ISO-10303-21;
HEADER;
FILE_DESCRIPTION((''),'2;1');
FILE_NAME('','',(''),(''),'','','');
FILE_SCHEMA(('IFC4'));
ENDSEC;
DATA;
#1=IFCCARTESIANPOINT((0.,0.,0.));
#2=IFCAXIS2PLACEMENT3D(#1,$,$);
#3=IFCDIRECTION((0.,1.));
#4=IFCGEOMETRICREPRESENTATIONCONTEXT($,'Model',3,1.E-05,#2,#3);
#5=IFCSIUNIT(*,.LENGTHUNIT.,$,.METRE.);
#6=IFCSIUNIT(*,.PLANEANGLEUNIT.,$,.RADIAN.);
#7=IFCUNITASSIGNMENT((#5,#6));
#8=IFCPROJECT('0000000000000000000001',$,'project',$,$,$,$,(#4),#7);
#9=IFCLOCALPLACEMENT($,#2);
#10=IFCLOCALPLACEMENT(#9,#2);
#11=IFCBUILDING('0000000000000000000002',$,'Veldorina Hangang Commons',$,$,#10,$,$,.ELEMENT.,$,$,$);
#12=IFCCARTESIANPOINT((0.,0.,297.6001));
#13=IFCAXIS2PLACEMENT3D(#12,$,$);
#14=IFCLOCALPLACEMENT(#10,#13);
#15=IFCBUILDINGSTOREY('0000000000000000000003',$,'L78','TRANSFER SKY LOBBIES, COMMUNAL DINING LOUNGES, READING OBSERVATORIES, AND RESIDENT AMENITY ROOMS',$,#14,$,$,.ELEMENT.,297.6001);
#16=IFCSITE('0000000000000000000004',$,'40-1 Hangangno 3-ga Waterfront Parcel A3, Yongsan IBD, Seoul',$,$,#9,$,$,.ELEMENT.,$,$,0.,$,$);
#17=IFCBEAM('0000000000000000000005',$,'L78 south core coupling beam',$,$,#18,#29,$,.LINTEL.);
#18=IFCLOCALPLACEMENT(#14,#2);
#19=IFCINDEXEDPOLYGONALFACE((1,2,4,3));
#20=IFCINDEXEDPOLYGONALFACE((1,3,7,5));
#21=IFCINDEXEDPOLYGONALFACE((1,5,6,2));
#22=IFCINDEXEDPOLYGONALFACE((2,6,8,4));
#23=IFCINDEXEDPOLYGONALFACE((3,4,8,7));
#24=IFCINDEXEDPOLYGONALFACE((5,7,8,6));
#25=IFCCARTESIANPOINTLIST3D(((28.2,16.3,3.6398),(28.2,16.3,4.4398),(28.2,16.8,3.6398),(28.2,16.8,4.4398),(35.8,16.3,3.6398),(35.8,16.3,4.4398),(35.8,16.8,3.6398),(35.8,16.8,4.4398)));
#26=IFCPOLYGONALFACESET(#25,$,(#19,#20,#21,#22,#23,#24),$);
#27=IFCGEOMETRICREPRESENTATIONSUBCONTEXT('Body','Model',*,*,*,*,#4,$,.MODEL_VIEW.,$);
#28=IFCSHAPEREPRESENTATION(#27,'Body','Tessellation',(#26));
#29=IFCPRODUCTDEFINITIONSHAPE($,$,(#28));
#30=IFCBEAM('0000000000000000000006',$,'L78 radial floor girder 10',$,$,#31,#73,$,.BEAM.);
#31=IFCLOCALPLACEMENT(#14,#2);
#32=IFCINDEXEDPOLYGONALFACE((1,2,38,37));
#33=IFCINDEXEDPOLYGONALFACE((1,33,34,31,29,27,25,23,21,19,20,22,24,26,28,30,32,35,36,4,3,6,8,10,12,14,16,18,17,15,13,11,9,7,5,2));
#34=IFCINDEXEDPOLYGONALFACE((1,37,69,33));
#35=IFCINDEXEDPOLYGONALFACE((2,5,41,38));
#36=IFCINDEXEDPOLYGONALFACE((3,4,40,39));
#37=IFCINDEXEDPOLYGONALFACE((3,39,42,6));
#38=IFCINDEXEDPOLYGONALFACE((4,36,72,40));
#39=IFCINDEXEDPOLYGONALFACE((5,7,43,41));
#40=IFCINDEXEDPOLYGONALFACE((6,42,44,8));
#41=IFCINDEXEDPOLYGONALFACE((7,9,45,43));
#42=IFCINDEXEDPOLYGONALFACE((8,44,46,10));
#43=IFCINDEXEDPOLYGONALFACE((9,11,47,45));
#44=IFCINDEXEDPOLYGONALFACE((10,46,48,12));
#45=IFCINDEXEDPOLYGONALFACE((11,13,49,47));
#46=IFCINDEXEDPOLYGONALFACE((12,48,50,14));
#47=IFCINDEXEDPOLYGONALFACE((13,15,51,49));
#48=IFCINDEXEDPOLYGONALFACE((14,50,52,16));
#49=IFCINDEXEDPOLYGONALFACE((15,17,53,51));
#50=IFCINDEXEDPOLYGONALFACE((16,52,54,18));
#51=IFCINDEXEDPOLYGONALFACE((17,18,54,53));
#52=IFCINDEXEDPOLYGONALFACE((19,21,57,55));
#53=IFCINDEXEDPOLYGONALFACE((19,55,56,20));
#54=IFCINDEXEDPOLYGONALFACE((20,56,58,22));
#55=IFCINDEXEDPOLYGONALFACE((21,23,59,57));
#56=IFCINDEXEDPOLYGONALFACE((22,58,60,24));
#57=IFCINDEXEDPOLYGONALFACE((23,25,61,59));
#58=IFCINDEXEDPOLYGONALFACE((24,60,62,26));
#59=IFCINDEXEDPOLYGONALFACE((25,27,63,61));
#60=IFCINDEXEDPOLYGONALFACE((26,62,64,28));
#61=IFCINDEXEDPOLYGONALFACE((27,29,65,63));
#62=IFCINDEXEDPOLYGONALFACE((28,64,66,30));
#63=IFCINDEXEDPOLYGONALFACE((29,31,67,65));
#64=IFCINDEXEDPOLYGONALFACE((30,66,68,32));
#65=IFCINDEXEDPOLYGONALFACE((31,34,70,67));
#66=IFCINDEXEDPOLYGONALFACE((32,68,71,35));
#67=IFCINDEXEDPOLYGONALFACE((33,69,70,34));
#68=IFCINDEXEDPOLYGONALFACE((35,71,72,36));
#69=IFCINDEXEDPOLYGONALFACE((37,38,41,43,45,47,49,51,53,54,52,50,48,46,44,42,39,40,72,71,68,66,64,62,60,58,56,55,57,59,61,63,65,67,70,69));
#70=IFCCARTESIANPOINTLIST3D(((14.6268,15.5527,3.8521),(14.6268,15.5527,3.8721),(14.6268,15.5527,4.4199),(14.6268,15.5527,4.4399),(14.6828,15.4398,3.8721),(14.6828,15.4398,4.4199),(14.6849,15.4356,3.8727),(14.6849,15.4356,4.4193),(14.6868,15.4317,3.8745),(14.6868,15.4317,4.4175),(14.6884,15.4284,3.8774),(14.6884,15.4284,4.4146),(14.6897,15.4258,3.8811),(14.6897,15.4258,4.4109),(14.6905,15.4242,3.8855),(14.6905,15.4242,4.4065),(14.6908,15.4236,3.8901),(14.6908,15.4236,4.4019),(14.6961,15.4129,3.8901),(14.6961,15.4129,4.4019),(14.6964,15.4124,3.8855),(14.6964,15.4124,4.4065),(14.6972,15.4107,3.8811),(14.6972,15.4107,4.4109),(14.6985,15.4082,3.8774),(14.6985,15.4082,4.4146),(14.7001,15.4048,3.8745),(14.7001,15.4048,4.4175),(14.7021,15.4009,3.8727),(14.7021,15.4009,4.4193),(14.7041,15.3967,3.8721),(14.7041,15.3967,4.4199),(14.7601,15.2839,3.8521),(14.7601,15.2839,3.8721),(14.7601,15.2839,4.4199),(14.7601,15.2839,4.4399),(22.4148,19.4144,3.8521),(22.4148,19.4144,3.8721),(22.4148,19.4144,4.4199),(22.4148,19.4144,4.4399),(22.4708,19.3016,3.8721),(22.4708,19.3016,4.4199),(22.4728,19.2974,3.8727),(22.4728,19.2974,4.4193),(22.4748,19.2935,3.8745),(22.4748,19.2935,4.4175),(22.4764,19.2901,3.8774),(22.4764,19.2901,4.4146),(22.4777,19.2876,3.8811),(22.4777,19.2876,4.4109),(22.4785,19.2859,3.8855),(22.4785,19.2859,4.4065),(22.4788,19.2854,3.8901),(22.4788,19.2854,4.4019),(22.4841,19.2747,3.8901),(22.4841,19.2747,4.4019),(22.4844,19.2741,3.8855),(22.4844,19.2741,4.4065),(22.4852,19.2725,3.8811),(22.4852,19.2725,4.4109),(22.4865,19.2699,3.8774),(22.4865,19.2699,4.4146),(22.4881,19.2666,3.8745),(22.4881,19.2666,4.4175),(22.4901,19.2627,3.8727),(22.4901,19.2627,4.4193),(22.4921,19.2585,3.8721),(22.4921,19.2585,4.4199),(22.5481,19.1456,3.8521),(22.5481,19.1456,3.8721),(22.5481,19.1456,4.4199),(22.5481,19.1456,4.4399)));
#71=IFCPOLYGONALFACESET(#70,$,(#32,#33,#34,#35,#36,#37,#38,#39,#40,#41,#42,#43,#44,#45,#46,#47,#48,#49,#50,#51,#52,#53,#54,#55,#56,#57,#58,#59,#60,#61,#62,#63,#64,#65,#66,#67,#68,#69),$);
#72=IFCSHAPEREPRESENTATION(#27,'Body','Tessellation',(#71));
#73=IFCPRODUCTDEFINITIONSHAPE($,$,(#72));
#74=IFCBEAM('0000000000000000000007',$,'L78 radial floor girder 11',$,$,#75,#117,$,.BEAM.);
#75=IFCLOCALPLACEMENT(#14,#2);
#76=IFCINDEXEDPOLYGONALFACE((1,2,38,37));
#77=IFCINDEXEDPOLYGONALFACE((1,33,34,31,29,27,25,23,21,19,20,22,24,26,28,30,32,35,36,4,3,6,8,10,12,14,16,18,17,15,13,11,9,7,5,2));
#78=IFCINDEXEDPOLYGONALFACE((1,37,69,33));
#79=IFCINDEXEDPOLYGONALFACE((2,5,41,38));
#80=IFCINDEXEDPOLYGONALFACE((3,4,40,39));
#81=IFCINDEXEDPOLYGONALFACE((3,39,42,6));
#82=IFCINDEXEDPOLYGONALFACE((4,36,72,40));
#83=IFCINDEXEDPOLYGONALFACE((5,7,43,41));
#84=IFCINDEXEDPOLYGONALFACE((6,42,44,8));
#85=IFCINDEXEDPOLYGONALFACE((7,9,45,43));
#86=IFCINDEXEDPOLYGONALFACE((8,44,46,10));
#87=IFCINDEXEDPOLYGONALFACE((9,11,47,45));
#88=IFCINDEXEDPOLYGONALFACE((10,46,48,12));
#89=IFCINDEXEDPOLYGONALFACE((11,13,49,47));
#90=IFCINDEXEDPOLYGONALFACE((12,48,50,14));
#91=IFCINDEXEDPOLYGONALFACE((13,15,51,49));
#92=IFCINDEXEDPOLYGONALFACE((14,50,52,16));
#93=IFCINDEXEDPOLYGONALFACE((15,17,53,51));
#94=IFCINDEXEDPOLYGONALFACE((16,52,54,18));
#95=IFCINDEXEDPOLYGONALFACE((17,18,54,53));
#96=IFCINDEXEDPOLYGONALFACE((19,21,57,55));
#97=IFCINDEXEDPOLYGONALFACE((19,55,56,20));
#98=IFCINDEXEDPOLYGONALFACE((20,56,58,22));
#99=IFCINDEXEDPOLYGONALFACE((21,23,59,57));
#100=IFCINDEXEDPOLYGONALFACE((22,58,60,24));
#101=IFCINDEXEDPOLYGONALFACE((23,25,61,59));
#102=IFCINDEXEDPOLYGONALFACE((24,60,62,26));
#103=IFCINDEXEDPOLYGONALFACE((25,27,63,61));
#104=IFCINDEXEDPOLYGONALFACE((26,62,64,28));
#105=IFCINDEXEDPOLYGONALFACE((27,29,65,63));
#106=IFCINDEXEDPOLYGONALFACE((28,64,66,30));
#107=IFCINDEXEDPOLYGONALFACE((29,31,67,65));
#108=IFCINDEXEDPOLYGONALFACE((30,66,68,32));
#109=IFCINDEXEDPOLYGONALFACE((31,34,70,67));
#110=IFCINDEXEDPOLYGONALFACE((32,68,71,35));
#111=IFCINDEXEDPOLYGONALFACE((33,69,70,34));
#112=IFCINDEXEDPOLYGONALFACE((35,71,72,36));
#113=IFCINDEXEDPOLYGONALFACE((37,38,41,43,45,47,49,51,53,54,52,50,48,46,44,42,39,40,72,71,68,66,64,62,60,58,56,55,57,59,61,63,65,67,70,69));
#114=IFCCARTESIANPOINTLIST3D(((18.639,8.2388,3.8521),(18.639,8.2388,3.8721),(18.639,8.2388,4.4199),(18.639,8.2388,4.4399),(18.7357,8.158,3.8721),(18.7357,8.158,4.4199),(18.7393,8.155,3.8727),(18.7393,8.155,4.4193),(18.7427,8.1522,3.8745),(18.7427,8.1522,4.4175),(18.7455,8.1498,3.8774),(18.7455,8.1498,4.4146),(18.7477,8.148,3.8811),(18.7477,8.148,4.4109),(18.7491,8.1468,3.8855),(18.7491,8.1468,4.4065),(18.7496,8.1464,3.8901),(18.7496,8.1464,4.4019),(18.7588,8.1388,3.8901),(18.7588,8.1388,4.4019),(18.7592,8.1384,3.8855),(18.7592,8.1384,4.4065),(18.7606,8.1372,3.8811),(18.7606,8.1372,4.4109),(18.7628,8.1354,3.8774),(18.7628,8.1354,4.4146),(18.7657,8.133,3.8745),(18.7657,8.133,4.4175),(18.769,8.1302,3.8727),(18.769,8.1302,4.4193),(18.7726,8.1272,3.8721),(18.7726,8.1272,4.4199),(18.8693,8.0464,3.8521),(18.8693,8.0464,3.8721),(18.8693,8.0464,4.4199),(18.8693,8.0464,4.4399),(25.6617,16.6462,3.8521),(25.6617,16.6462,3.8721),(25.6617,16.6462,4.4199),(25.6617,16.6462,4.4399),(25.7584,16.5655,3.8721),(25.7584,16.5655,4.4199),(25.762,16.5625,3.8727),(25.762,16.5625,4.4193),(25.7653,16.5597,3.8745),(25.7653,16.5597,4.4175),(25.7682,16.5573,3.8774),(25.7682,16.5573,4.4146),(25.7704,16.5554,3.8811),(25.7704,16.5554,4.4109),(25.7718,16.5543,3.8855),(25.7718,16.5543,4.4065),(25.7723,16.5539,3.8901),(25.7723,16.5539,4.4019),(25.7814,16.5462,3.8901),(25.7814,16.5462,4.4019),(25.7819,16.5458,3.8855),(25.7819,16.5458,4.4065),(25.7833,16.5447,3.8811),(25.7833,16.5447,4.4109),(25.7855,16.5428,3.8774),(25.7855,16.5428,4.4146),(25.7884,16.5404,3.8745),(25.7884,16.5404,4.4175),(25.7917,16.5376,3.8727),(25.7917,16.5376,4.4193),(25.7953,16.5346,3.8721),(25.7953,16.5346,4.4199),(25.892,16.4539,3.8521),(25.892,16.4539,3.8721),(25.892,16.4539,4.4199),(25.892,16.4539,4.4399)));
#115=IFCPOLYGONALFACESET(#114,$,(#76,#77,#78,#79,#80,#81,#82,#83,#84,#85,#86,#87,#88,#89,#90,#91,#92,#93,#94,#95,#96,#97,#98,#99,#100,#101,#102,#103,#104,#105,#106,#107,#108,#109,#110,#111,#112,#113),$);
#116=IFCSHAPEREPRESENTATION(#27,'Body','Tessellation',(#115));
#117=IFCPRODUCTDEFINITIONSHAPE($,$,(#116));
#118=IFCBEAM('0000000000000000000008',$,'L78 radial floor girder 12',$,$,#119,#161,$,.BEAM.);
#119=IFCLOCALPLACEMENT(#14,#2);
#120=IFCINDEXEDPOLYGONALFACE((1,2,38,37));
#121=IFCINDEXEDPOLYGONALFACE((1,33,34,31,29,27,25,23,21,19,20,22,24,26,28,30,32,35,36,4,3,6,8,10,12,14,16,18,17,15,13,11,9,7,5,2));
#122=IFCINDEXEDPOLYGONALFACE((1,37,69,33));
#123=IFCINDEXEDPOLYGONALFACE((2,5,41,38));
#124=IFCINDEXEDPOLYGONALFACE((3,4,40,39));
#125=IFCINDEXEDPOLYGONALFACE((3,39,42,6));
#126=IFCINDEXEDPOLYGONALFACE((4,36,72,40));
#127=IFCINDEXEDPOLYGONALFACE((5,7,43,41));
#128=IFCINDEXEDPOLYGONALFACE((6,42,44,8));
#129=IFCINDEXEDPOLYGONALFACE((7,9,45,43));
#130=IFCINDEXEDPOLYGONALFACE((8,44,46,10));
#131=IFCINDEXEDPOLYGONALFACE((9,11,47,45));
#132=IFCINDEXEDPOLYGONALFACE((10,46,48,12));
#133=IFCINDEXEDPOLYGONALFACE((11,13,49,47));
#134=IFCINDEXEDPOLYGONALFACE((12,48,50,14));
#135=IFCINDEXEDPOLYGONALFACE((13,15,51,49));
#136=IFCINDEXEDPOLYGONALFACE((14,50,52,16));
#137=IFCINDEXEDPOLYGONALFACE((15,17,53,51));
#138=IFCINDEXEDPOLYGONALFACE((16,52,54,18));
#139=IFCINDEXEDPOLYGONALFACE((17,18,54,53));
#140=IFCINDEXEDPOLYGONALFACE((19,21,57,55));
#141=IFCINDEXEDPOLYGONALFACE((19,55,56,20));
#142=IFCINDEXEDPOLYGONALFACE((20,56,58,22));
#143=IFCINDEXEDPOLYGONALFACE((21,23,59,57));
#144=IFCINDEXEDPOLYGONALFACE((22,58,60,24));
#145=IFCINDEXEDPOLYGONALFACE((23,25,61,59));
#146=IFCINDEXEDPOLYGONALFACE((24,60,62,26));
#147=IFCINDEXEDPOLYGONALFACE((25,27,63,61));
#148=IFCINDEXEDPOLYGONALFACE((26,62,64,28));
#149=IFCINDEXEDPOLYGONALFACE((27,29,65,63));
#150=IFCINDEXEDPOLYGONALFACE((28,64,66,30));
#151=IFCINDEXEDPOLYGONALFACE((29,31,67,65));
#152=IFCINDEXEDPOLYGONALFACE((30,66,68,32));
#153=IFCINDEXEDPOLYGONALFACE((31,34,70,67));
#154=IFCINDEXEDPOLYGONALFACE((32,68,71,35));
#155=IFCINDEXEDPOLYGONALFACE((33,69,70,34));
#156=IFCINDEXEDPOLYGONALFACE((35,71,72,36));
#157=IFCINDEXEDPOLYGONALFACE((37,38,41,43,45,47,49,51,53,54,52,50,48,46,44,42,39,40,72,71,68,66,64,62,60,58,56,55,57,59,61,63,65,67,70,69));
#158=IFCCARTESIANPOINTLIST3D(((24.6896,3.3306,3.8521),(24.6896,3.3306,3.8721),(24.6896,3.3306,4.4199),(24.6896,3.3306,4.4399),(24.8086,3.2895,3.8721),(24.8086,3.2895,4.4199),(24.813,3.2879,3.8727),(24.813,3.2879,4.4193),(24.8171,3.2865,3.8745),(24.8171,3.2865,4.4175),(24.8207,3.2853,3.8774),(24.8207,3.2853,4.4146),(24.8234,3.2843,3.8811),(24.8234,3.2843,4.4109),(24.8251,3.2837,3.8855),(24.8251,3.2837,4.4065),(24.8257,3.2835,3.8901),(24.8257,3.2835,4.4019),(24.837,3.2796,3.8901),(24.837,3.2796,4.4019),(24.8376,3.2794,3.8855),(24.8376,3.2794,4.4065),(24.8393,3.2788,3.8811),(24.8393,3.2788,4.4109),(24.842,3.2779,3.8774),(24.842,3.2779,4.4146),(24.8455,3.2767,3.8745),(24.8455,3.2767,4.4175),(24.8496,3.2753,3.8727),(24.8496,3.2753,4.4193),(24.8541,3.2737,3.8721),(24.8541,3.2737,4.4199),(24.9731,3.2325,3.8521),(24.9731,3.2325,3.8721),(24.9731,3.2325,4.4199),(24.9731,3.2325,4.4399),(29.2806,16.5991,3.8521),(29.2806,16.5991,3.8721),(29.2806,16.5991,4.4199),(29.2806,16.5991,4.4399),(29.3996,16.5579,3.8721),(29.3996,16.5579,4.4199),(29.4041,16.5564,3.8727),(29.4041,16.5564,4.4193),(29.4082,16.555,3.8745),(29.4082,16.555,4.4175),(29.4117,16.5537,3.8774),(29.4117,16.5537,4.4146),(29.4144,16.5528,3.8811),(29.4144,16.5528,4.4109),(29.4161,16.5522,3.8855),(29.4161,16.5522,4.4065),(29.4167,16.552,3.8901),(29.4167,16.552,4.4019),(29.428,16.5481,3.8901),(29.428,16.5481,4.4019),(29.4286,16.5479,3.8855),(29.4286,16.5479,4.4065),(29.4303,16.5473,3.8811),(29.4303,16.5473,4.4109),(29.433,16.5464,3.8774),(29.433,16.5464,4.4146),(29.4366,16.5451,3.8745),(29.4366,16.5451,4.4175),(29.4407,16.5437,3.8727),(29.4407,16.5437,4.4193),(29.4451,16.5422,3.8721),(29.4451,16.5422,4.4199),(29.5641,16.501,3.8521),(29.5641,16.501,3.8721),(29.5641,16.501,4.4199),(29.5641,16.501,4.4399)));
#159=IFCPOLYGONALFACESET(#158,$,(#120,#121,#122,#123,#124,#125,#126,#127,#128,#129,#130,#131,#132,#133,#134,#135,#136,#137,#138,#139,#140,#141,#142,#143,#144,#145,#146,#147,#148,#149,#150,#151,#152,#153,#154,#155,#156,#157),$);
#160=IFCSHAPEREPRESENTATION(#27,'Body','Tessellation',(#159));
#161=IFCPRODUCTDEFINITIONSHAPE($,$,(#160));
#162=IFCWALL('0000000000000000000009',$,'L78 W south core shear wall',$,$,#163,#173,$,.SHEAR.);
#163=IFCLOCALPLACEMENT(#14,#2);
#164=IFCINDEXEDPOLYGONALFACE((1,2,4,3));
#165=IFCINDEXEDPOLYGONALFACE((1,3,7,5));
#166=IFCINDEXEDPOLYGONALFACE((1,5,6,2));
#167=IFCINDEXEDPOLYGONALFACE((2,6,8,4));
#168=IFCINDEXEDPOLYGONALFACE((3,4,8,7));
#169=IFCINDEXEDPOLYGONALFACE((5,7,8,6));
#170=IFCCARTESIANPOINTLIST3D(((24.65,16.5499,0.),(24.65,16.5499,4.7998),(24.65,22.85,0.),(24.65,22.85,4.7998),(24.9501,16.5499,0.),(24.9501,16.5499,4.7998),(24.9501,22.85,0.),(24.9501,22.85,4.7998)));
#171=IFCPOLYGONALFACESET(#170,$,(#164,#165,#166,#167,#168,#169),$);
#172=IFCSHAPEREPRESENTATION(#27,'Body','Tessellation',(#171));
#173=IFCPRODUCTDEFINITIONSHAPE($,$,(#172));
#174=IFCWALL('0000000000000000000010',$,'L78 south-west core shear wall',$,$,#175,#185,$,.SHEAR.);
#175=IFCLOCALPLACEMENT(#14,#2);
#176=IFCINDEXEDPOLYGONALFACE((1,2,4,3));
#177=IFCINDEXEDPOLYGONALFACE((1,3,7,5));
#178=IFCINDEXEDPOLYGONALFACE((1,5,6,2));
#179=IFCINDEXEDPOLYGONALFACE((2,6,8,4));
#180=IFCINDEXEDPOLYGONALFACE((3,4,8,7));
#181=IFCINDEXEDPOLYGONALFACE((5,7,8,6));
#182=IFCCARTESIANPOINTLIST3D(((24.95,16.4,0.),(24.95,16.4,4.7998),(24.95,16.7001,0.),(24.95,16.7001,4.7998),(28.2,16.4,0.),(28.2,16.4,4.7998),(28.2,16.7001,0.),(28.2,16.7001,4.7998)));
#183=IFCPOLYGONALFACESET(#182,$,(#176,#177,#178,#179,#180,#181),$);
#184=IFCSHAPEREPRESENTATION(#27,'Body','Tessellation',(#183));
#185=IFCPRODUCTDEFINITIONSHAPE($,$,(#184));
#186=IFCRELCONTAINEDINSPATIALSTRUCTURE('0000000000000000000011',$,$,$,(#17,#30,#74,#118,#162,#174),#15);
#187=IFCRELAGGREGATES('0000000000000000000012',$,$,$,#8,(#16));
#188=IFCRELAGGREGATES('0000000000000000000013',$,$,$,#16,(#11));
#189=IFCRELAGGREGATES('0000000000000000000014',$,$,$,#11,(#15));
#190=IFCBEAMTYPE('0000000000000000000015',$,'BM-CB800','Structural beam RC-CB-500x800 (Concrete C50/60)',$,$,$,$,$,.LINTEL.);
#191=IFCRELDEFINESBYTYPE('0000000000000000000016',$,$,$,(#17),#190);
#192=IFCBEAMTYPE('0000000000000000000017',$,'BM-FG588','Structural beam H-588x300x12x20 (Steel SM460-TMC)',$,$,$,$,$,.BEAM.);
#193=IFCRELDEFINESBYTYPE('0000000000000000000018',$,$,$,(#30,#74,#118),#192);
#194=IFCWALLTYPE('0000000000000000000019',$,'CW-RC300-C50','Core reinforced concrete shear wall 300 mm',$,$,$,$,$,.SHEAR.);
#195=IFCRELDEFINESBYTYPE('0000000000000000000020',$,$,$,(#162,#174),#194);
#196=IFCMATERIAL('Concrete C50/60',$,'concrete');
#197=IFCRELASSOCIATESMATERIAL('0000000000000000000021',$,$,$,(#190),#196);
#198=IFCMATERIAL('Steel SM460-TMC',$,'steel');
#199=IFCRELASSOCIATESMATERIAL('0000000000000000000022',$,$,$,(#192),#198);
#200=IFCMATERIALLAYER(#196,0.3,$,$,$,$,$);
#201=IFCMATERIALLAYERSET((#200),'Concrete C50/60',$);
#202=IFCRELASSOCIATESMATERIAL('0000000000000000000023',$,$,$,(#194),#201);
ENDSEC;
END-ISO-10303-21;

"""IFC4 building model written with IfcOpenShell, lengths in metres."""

from ifc_helpers import new_model, si_unit, direction, frame, frame_2d, origin, origin_2d, place, context, subcontext, project, spatial, rectangle, i_section, extrude, material, layer, layer_set, material_profile, profile_set, type_object, element, save


model = new_model("IFC4")

# Units and contexts
model_context = context("Model", 3, precision=1e-05, world=origin(), true_north=direction((0.0, 1.0)))
body_context = subcontext(model_context, "Body", "Model", "MODEL_VIEW")
ifc_project = project(units=[si_unit("LENGTHUNIT", "METRE"), si_unit("PLANEANGLEUNIT", "RADIAN")], contexts=[model_context])

# Site, building, storey
site_placement = place(None, origin())
site = spatial("IfcSite", under=ifc_project, at=site_placement, Name="40-1 Hangangno 3-ga Waterfront Parcel A3, Yongsan IBD, Seoul", CompositionType="ELEMENT", RefElevation=0.0)
building_placement = place(site_placement, origin())
building = spatial("IfcBuilding", under=site, at=building_placement, Name="Veldorina Hangang Commons", CompositionType="ELEMENT")
storey_placement = place(building_placement, frame((0.0, 0.0, 297.6001)))
storey = spatial("IfcBuildingStorey", under=building, at=storey_placement, Name="L78", Description="TRANSFER SKY LOBBIES, COMMUNAL DINING LOUNGES, READING OBSERVATORIES, AND RESIDENT AMENITY ROOMS", CompositionType="ELEMENT", Elevation=297.6001)

# Beams
ifc_material_1 = material(Name="Concrete C50/60", Category="concrete")
ifc_material_profile_1 = material_profile(ifc_material_1, rectangle(XDim=0.5, YDim=0.8, at=origin_2d()), Name="RC-CB-500x800")
ifc_profile_set_1 = profile_set([ifc_material_profile_1], Name="Concrete C50/60")
beam_type_1 = type_object("IfcBeamType", Name="BM-CB800", Description="Structural beam RC-CB-500x800 (Concrete C50/60)", PredefinedType="LINTEL", material=ifc_profile_set_1)
beam_1_placement = place(storey_placement, frame((28.2, 16.55, 4.0398), z_axis=(1.0, 0.0, 0.0), x_axis=(0.0, 1.0, 0.0)))
element("IfcBeam", 1, at=beam_1_placement, inside=storey, type_object=beam_type_1, Name="L78 south core coupling beam", PredefinedType="LINTEL", context=body_context, shape_type="SweptSolid", body=[
    extrude(rectangle(XDim=0.5, YDim=0.8, at=origin_2d()), origin(), (0.0, 0.0, 1.0), 7.6001),
])
ifc_material_2 = material(Name="Steel SM460-TMC", Category="steel")
ifc_material_profile_2 = material_profile(ifc_material_2, i_section(OverallWidth=0.3, OverallDepth=0.5879, WebThickness=0.012, FlangeThickness=0.02, FilletRadius=0.0181, at=origin_2d()), Name="H-588x300x12x20")
ifc_profile_set_2 = profile_set([ifc_material_profile_2], Name="Steel SM460-TMC")
beam_type_2 = type_object("IfcBeamType", Name="BM-FG588", Description="Structural beam H-588x300x12x20 (Steel SM460-TMC)", PredefinedType="BEAM", material=ifc_profile_set_2)
beam_2_placement = place(storey_placement, frame((22.4814, 19.28, 4.146), z_axis=(-0.895905, -0.444245, 0.0), x_axis=(0.444245, -0.895905, 0.0)))
element("IfcBeam", 2, at=beam_2_placement, inside=storey, type_object=beam_type_2, Name="L78 radial floor girder 10", PredefinedType="BEAM", context=body_context, shape_type="SweptSolid", body=[
    extrude(i_section(OverallWidth=0.3, OverallDepth=0.5879, WebThickness=0.012, FlangeThickness=0.02, FilletRadius=0.0181, at=origin_2d()), origin(), (0.0, 0.0, 1.0), 8.6929),
])
beam_3_placement = place(storey_placement, frame((25.7769, 16.55, 4.146), z_axis=(-0.641072, -0.767481, 0.0), x_axis=(0.767481, -0.641072, 0.0)))
element("IfcBeam", 3, at=beam_3_placement, inside=storey, type_object=beam_type_2, Name="L78 radial floor girder 11", PredefinedType="BEAM", context=body_context, shape_type="SweptSolid", body=[
    extrude(i_section(OverallWidth=0.3, OverallDepth=0.5879, WebThickness=0.012, FlangeThickness=0.02, FilletRadius=0.0181, at=origin_2d()), origin(), (0.0, 0.0, 1.0), 10.9546),
])
beam_4_placement = place(storey_placement, frame((29.4224, 16.55, 4.146), z_axis=(-0.32699, -0.945028, 0.0), x_axis=(0.945028, -0.32699, 0.0)))
element("IfcBeam", 4, at=beam_4_placement, inside=storey, type_object=beam_type_2, Name="L78 radial floor girder 12", PredefinedType="BEAM", context=body_context, shape_type="SweptSolid", body=[
    extrude(i_section(OverallWidth=0.3, OverallDepth=0.5879, WebThickness=0.012, FlangeThickness=0.02, FilletRadius=0.0181, at=origin_2d()), origin(), (0.0, 0.0, 1.0), 14.0403),
])

# Walls
ifc_layer_1 = layer(ifc_material_1, 0.3)
ifc_layer_set_1 = layer_set([ifc_layer_1], Name="Concrete C50/60")
wall_type_1 = type_object("IfcWallType", Name="CW-RC300-C50", Description="Core reinforced concrete shear wall 300 mm", PredefinedType="SHEAR", material=ifc_layer_set_1)
wall_1_placement = place(storey_placement, frame((24.8, 16.55, 0.0), z_axis=(0.0, 0.0, 1.0), x_axis=(0.0, 1.0, 0.0)))
element("IfcWall", 5, at=wall_1_placement, inside=storey, type_object=wall_type_1, Name="L78 W south core shear wall", PredefinedType="SHEAR", context=body_context, shape_type="SweptSolid", body=[
    extrude(rectangle(XDim=6.3, YDim=0.3, at=frame_2d((3.1499, 0.0))), origin(), (0.0, 0.0, 1.0), 4.7998),
])
wall_2_placement = place(storey_placement, frame((24.95, 16.55, 0.0), z_axis=(0.0, 0.0, 1.0), x_axis=(1.0, 0.0, 0.0)))
element("IfcWall", 6, at=wall_2_placement, inside=storey, type_object=wall_type_1, Name="L78 south-west core shear wall", PredefinedType="SHEAR", context=body_context, shape_type="SweptSolid", body=[
    extrude(rectangle(XDim=3.25, YDim=0.3, at=frame_2d((1.625, 0.0))), origin(), (0.0, 0.0, 1.0), 4.7998),
])

save(model, "model.ifc")
